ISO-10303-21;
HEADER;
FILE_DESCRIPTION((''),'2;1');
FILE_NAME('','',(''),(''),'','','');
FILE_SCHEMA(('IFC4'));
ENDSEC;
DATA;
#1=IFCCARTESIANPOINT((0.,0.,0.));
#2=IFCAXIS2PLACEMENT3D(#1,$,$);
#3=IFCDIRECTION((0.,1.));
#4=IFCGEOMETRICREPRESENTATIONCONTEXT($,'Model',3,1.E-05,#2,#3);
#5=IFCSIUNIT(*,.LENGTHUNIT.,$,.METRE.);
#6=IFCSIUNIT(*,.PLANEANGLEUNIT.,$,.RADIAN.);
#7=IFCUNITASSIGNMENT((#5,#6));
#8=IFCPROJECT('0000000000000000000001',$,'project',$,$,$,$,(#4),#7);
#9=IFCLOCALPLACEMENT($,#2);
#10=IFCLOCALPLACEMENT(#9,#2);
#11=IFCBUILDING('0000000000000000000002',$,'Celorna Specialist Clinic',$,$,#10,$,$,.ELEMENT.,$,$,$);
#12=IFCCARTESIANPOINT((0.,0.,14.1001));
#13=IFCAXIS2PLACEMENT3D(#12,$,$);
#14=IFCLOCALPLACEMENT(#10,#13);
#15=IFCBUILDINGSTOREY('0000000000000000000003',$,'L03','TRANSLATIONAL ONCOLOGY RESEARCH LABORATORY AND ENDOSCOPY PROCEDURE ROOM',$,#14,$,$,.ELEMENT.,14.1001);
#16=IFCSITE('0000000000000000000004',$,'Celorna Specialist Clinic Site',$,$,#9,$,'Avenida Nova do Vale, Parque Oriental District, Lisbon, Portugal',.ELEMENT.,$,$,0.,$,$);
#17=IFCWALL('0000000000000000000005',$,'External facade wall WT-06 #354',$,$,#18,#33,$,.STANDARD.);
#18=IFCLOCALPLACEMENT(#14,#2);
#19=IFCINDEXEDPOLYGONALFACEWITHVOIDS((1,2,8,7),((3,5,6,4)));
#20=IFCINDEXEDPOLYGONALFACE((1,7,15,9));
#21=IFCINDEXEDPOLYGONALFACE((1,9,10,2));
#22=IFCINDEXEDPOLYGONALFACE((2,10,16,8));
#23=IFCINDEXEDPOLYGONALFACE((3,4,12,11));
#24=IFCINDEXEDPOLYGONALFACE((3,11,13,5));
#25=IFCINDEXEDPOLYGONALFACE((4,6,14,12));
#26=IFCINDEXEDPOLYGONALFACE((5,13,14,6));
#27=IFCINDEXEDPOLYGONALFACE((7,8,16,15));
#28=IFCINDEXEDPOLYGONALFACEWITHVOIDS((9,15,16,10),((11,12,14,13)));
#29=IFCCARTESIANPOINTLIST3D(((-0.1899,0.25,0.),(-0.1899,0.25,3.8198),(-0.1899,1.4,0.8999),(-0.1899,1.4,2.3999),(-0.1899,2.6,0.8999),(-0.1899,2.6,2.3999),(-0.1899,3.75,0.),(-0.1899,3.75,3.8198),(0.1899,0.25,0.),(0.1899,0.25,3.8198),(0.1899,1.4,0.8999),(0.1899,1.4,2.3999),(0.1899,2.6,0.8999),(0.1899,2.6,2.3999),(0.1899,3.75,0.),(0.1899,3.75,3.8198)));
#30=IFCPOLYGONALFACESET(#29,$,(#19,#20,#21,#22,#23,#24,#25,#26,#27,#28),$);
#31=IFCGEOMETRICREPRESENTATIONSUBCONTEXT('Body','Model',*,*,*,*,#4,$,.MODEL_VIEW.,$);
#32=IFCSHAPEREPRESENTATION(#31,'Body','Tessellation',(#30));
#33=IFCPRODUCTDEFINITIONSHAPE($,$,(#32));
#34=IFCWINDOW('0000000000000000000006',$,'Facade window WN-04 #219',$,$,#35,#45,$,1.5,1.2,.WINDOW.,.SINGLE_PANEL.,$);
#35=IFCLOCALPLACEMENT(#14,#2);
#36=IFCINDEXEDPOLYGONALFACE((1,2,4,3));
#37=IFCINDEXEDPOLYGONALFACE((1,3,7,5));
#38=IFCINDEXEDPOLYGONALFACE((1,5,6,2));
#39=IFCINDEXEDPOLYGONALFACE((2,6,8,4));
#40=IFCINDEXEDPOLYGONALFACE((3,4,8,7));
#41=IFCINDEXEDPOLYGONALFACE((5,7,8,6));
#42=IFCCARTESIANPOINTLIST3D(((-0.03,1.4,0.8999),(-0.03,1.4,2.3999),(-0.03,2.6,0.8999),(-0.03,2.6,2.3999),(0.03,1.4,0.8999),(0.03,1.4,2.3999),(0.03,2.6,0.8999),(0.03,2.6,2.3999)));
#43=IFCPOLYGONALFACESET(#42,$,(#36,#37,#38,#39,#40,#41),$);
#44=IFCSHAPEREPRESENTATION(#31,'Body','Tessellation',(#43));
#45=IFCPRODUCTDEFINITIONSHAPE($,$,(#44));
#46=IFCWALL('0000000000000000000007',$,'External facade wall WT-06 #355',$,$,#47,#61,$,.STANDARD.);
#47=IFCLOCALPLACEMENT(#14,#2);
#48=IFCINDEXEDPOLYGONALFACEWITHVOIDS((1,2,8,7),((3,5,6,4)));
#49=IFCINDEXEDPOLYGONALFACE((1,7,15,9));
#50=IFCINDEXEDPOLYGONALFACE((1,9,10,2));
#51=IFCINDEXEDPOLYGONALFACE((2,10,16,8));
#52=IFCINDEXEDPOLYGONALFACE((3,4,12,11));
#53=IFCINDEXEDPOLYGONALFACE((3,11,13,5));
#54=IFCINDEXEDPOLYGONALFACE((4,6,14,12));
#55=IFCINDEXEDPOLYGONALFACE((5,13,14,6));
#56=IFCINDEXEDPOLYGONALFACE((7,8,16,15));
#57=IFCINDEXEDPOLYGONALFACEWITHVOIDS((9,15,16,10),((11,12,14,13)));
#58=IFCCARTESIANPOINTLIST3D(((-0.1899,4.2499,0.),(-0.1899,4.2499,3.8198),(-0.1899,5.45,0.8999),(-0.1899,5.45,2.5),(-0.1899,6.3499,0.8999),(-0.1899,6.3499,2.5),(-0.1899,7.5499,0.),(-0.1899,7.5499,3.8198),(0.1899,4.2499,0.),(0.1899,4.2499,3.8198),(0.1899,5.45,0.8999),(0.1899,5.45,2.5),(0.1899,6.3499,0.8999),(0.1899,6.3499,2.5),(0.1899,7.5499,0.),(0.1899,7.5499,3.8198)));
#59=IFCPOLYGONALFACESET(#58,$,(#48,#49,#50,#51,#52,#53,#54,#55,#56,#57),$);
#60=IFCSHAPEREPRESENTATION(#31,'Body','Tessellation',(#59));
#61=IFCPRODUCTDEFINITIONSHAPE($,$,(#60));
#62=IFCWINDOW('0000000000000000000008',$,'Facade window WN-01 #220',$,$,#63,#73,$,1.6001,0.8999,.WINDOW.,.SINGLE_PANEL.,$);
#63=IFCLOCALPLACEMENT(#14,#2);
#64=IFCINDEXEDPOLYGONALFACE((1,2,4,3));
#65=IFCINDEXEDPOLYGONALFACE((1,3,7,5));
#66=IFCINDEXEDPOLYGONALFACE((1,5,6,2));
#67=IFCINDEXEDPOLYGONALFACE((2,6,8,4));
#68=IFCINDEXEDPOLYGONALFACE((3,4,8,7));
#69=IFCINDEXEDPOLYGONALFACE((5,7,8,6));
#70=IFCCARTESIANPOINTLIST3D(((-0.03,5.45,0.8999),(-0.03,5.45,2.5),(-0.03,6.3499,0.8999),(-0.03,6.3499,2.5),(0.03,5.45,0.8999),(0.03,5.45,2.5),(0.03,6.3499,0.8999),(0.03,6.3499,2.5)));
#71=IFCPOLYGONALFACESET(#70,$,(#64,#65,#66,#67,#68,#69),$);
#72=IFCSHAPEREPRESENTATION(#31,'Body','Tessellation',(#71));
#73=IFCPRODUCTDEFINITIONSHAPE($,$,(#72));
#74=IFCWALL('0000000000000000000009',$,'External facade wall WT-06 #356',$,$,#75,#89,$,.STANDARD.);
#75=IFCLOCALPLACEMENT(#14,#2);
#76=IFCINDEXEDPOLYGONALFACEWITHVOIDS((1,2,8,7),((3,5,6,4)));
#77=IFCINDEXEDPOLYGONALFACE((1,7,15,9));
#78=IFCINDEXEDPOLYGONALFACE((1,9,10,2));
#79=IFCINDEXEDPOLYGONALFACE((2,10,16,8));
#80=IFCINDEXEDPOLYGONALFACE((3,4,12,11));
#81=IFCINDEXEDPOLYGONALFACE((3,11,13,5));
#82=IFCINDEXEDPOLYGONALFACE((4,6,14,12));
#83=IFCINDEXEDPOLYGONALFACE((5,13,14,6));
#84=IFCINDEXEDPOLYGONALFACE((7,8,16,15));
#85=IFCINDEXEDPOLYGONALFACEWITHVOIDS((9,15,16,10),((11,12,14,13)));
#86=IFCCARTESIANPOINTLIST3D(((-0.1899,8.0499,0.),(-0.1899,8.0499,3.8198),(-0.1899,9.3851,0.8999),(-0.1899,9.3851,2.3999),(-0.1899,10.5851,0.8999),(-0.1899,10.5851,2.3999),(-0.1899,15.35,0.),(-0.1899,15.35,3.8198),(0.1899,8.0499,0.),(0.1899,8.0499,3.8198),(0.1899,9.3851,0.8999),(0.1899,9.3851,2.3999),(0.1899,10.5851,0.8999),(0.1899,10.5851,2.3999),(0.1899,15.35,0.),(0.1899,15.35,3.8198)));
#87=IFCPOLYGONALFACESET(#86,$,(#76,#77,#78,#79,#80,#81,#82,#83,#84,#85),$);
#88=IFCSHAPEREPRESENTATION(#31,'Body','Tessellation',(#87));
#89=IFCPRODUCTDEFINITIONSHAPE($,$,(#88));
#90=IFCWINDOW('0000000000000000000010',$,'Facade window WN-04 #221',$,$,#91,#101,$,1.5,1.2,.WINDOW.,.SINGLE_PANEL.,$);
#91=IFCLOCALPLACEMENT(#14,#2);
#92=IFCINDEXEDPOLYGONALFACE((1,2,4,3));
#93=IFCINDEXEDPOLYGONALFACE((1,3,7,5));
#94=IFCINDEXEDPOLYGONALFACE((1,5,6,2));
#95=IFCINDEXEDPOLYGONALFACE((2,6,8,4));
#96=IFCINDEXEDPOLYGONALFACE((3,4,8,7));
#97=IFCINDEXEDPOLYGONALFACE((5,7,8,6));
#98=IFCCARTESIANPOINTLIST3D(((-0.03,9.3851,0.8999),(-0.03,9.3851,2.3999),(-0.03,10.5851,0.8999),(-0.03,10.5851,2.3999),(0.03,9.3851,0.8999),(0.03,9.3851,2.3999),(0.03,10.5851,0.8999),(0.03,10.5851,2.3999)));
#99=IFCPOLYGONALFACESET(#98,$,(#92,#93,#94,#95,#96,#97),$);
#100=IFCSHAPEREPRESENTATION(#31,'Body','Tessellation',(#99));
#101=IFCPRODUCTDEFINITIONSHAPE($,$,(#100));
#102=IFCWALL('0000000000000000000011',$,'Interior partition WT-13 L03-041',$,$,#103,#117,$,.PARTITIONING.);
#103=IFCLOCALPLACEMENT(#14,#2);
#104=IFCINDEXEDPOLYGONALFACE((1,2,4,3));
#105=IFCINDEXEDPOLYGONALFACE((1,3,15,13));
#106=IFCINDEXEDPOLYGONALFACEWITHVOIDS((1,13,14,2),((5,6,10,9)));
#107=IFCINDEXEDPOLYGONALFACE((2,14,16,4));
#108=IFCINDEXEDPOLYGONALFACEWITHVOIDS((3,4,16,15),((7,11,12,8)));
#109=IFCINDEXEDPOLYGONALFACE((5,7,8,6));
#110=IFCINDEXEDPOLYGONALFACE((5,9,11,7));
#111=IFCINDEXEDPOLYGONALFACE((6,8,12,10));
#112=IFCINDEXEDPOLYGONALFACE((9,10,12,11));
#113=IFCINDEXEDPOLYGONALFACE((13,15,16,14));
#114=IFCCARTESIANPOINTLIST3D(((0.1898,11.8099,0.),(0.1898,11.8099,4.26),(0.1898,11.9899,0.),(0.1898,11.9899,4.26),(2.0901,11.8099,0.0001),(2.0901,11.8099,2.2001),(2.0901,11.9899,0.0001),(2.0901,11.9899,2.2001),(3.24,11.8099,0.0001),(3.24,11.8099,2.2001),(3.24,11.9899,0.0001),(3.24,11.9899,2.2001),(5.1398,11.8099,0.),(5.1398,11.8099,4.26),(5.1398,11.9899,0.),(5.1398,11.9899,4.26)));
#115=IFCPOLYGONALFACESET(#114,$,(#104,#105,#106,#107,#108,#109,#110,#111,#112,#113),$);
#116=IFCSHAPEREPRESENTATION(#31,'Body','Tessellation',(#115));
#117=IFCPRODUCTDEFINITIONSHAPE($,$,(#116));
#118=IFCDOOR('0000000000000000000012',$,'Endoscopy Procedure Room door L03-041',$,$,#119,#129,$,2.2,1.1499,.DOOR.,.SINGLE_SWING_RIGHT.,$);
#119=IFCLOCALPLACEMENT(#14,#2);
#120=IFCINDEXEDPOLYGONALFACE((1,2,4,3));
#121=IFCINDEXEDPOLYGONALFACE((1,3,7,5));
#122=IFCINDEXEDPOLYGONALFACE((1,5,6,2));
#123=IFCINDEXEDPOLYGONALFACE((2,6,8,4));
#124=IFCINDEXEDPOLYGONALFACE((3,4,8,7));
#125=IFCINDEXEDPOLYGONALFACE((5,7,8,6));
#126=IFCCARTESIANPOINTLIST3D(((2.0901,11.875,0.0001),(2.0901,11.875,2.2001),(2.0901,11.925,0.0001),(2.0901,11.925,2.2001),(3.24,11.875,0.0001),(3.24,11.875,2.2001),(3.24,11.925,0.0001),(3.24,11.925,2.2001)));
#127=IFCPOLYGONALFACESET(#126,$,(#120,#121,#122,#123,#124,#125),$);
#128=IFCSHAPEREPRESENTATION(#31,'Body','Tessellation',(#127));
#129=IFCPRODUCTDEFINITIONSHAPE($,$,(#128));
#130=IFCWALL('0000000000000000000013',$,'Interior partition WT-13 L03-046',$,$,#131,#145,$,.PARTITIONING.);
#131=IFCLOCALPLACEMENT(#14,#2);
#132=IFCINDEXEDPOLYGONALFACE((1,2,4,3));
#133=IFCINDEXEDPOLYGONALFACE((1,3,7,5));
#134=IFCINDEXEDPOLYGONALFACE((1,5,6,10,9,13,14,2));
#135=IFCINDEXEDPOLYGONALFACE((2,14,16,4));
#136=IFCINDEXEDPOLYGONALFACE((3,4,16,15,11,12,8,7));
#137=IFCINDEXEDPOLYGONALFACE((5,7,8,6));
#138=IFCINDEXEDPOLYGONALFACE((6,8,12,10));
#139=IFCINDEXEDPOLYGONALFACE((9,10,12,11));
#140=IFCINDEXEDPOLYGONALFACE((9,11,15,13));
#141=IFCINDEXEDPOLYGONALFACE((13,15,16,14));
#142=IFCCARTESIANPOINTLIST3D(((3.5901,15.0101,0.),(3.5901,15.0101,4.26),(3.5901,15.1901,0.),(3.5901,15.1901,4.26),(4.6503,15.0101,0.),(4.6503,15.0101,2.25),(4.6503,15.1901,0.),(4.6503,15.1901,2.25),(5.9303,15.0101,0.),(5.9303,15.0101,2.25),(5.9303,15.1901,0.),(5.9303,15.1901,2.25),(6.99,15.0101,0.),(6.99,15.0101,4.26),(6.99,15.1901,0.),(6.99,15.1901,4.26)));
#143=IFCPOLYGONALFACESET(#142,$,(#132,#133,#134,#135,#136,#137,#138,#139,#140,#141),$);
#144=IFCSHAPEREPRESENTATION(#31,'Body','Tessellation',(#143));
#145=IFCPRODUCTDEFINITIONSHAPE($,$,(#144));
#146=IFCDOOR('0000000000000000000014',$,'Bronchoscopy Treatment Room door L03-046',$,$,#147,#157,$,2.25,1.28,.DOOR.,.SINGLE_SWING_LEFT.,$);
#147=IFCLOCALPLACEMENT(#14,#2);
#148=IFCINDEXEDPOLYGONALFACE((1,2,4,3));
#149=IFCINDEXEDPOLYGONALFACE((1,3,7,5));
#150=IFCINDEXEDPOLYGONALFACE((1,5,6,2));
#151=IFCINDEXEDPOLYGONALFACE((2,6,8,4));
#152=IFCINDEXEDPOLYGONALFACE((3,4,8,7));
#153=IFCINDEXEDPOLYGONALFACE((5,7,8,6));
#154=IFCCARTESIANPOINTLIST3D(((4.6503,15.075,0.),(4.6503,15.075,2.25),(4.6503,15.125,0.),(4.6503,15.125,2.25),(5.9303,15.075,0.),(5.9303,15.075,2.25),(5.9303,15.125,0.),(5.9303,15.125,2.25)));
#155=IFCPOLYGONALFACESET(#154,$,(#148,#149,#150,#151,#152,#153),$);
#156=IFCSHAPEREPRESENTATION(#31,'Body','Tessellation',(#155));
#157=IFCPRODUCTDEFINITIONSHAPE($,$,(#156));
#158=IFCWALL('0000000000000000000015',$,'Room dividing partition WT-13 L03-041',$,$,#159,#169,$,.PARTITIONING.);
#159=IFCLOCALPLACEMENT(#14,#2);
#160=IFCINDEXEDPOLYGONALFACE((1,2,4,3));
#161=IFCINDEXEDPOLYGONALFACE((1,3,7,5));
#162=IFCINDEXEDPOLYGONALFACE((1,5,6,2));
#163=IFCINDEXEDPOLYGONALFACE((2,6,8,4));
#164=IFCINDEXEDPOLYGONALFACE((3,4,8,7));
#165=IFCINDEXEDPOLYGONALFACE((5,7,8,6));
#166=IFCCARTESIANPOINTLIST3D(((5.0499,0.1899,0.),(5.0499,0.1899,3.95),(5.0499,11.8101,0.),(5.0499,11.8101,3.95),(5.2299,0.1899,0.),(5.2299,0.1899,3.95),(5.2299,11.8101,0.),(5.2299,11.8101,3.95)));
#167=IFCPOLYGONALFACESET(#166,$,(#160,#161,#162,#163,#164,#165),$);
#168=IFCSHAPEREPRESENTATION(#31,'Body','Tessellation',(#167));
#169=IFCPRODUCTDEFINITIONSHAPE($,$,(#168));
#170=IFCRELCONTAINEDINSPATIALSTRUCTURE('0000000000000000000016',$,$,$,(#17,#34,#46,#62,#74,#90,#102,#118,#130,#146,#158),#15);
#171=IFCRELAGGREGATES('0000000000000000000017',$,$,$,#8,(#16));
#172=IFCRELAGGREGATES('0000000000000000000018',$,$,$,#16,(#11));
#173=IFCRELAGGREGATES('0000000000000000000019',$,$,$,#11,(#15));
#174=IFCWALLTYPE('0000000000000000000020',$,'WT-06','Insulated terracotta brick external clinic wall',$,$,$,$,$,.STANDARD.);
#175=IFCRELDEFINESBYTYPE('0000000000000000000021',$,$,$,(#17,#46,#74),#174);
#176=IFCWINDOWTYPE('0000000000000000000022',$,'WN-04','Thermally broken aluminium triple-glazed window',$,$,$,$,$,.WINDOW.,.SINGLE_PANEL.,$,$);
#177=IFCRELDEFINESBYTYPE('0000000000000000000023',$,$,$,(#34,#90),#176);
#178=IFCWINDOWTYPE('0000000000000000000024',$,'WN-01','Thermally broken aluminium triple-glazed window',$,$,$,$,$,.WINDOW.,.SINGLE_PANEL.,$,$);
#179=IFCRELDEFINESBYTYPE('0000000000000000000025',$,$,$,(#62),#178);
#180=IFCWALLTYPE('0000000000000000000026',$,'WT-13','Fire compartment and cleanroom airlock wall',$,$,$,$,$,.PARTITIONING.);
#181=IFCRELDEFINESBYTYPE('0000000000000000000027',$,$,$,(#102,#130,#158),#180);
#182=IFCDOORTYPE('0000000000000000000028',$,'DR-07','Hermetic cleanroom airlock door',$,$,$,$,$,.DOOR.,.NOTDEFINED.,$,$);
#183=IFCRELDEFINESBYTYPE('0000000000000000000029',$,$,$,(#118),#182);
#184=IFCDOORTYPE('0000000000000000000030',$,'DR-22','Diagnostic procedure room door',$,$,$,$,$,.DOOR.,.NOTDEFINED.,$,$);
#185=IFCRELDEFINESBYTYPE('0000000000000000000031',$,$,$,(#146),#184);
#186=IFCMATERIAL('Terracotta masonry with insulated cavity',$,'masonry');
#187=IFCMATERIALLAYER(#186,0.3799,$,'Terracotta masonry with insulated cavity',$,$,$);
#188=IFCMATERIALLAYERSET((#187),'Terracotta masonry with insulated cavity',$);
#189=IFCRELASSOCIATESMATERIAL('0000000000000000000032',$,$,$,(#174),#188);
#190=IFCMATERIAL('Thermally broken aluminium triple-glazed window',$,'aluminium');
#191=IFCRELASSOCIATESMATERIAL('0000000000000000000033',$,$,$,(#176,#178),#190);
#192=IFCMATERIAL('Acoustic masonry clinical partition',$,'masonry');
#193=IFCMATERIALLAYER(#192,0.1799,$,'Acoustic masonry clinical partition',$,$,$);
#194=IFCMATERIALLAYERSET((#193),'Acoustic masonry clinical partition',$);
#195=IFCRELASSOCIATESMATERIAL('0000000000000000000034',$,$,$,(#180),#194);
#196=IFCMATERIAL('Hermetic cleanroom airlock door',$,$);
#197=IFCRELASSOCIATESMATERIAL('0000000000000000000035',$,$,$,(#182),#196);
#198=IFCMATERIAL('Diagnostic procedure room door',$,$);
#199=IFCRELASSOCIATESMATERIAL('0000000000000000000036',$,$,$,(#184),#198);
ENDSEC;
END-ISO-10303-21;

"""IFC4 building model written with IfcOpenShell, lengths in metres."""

from ifc_helpers import new_model, si_unit, direction, frame, frame_2d, origin, place, context, subcontext, project, spatial, rectangle, extrude, material, layer, layer_set, type_object, element, fill, save


model = new_model("IFC4")

# Units and contexts
model_context = context("Model", 3, precision=1e-05, world=origin(), true_north=direction((0.0, 1.0)))
body_context = subcontext(model_context, "Body", "Model", "MODEL_VIEW")
ifc_project = project(units=[si_unit("LENGTHUNIT", "METRE"), si_unit("PLANEANGLEUNIT", "RADIAN")], contexts=[model_context])

# Site, building, storey
site_placement = place(None, origin())
site = spatial("IfcSite", under=ifc_project, at=site_placement, Name="Celorna Specialist Clinic Site", LongName="Avenida Nova do Vale, Parque Oriental District, Lisbon, Portugal", CompositionType="ELEMENT", RefElevation=0.0)
building_placement = place(site_placement, origin())
building = spatial("IfcBuilding", under=site, at=building_placement, Name="Celorna Specialist Clinic", CompositionType="ELEMENT")
storey_placement = place(building_placement, frame((0.0, 0.0, 14.1001)))
storey = spatial("IfcBuildingStorey", under=building, at=storey_placement, Name="L03", Description="TRANSLATIONAL ONCOLOGY RESEARCH LABORATORY AND ENDOSCOPY PROCEDURE ROOM", CompositionType="ELEMENT", Elevation=14.1001)

# Walls, openings, windows
ifc_material_1 = material(Name="Terracotta masonry with insulated cavity", Category="masonry")
ifc_layer_1 = layer(ifc_material_1, 0.3799, Name="Terracotta masonry with insulated cavity")
ifc_layer_set_1 = layer_set([ifc_layer_1], Name="Terracotta masonry with insulated cavity")
wall_type_1 = type_object("IfcWallType", Name="WT-06", Description="Insulated terracotta brick external clinic wall", PredefinedType="STANDARD", material=ifc_layer_set_1)
wall_1_placement = place(storey_placement, frame((0.0, 0.25, 0.0), z_axis=(0.0, 0.0, 1.0), x_axis=(0.0, 1.0, 0.0)))
wall_1 = element("IfcWall", 1, at=wall_1_placement, inside=storey, type_object=wall_type_1, Name="External facade wall WT-06 #354", PredefinedType="STANDARD", context=body_context, shape_type="SweptSolid", body=[
    extrude(rectangle(XDim=3.5, YDim=0.3799, at=frame_2d((1.75, 0.0))), origin(), (0.0, 0.0, 1.0), 3.8198),
])
opening_1_placement = place(wall_1_placement, frame((1.1499, 0.0, 0.8999)))
opening_1 = element("IfcOpeningElement", 2, at=opening_1_placement, cuts=wall_1, PredefinedType="OPENING", context=body_context, shape_type="SweptSolid", body=[
    extrude(rectangle(XDim=1.2, YDim=1.5, at=frame_2d((0.6001, 0.75))), frame((0.0, 0.2, 0.0), z_axis=(0.0, -1.0, 0.0), x_axis=(1.0, 0.0, 0.0)), (0.0, 0.0, 1.0), 0.3999),
])
ifc_material_2 = material(Name="Thermally broken aluminium triple-glazed window", Category="aluminium")
window_type_1 = type_object("IfcWindowType", Name="WN-04", Description="Thermally broken aluminium triple-glazed window", PartitioningType="SINGLE_PANEL", PredefinedType="WINDOW", material=ifc_material_2)
window_1_placement = place(opening_1_placement, origin())
window_1 = element("IfcWindow", 3, at=window_1_placement, inside=storey, type_object=window_type_1, Name="Facade window WN-04 #219", OverallHeight=1.5, OverallWidth=1.2, PartitioningType="SINGLE_PANEL", PredefinedType="WINDOW", context=body_context, shape_type="SweptSolid", body=[
    extrude(rectangle(XDim=1.2, YDim=1.5, at=frame_2d((0.6001, 0.75))), frame((0.0, 0.03, 0.0), z_axis=(0.0, -1.0, 0.0), x_axis=(1.0, 0.0, 0.0)), (0.0, 0.0, 1.0), 0.0601),
])
fill(opening_1, window_1)
wall_2_placement = place(storey_placement, frame((0.0, 4.25, 0.0), z_axis=(0.0, 0.0, 1.0), x_axis=(0.0, 1.0, 0.0)))
wall_2 = element("IfcWall", 4, at=wall_2_placement, inside=storey, type_object=wall_type_1, Name="External facade wall WT-06 #355", PredefinedType="STANDARD", context=body_context, shape_type="SweptSolid", body=[
    extrude(rectangle(XDim=3.3, YDim=0.3799, at=frame_2d((1.6499, 0.0))), origin(), (0.0, 0.0, 1.0), 3.8198),
])
opening_2_placement = place(wall_2_placement, frame((1.2, 0.0, 0.8999)))
opening_2 = element("IfcOpeningElement", 5, at=opening_2_placement, cuts=wall_2, PredefinedType="OPENING", context=body_context, shape_type="SweptSolid", body=[
    extrude(rectangle(XDim=0.8999, YDim=1.6001, at=frame_2d((0.45, 0.8))), frame((0.0, 0.2, 0.0), z_axis=(0.0, -1.0, 0.0), x_axis=(1.0, 0.0, 0.0)), (0.0, 0.0, 1.0), 0.3999),
])
window_type_2 = type_object("IfcWindowType", Name="WN-01", Description="Thermally broken aluminium triple-glazed window", PartitioningType="SINGLE_PANEL", PredefinedType="WINDOW", material=ifc_material_2)
window_2_placement = place(opening_2_placement, origin())
window_2 = element("IfcWindow", 6, at=window_2_placement, inside=storey, type_object=window_type_2, Name="Facade window WN-01 #220", OverallHeight=1.6001, OverallWidth=0.8999, PartitioningType="SINGLE_PANEL", PredefinedType="WINDOW", context=body_context, shape_type="SweptSolid", body=[
    extrude(rectangle(XDim=0.8999, YDim=1.6001, at=frame_2d((0.45, 0.8))), frame((0.0, 0.03, 0.0), z_axis=(0.0, -1.0, 0.0), x_axis=(1.0, 0.0, 0.0)), (0.0, 0.0, 1.0), 0.0601),
])
fill(opening_2, window_2)
wall_3_placement = place(storey_placement, frame((0.0, 8.05, 0.0), z_axis=(0.0, 0.0, 1.0), x_axis=(0.0, 1.0, 0.0)))
wall_3 = element("IfcWall", 7, at=wall_3_placement, inside=storey, type_object=wall_type_1, Name="External facade wall WT-06 #356", PredefinedType="STANDARD", context=body_context, shape_type="SweptSolid", body=[
    extrude(rectangle(XDim=7.3, YDim=0.3799, at=frame_2d((3.6499, 0.0))), origin(), (0.0, 0.0, 1.0), 3.8198),
])
opening_3_placement = place(wall_3_placement, frame((1.335, 0.0, 0.8999)))
opening_3 = element("IfcOpeningElement", 8, at=opening_3_placement, cuts=wall_3, PredefinedType="OPENING", context=body_context, shape_type="SweptSolid", body=[
    extrude(rectangle(XDim=1.2, YDim=1.5, at=frame_2d((0.6001, 0.75))), frame((0.0, 0.2, 0.0), z_axis=(0.0, -1.0, 0.0), x_axis=(1.0, 0.0, 0.0)), (0.0, 0.0, 1.0), 0.3999),
])
window_3_placement = place(opening_3_placement, origin())
window_3 = element("IfcWindow", 9, at=window_3_placement, inside=storey, type_object=window_type_1, Name="Facade window WN-04 #221", OverallHeight=1.5, OverallWidth=1.2, PartitioningType="SINGLE_PANEL", PredefinedType="WINDOW", context=body_context, shape_type="SweptSolid", body=[
    extrude(rectangle(XDim=1.2, YDim=1.5, at=frame_2d((0.6001, 0.75))), frame((0.0, 0.03, 0.0), z_axis=(0.0, -1.0, 0.0), x_axis=(1.0, 0.0, 0.0)), (0.0, 0.0, 1.0), 0.0601),
])
fill(opening_3, window_3)

# Walls, openings, doors
ifc_material_3 = material(Name="Acoustic masonry clinical partition", Category="masonry")
ifc_layer_2 = layer(ifc_material_3, 0.1799, Name="Acoustic masonry clinical partition")
ifc_layer_set_2 = layer_set([ifc_layer_2], Name="Acoustic masonry clinical partition")
wall_type_2 = type_object("IfcWallType", Name="WT-13", Description="Fire compartment and cleanroom airlock wall", PredefinedType="PARTITIONING", material=ifc_layer_set_2)
wall_4_placement = place(storey_placement, frame((5.1399, 11.8999, 0.0), z_axis=(0.0, 0.0, 1.0), x_axis=(-1.0, 0.0, 0.0)))
wall_4 = element("IfcWall", 10, at=wall_4_placement, inside=storey, type_object=wall_type_2, Name="Interior partition WT-13 L03-041", PredefinedType="PARTITIONING", context=body_context, shape_type="SweptSolid", body=[
    extrude(rectangle(XDim=4.95, YDim=0.1799, at=frame_2d((2.4751, 0.0))), origin(), (0.0, 0.0, 1.0), 4.26),
])
opening_4_placement = place(wall_4_placement, frame((1.8999, 0.0, 0.0)))
opening_4 = element("IfcOpeningElement", 11, at=opening_4_placement, cuts=wall_4, PredefinedType="OPENING", context=body_context, shape_type="SweptSolid", body=[
    extrude(rectangle(XDim=1.1499, YDim=2.2, at=frame_2d((0.575, 1.1001))), frame((0.0, 0.0999, 0.0), z_axis=(0.0, -1.0, 0.0), x_axis=(1.0, 0.0, 0.0)), (0.0, 0.0, 1.0), 0.2),
])
ifc_material_4 = material(Name="Hermetic cleanroom airlock door")
door_type_1 = type_object("IfcDoorType", Name="DR-07", Description="Hermetic cleanroom airlock door", OperationType="NOTDEFINED", PredefinedType="DOOR", material=ifc_material_4)
door_1_placement = place(opening_4_placement, origin())
door_1 = element("IfcDoor", 12, at=door_1_placement, inside=storey, type_object=door_type_1, Name="Endoscopy Procedure Room door L03-041", OperationType="SINGLE_SWING_RIGHT", OverallHeight=2.2, OverallWidth=1.1499, PredefinedType="DOOR", context=body_context, shape_type="SweptSolid", body=[
    extrude(rectangle(XDim=1.1499, YDim=2.2, at=frame_2d((0.575, 1.1001))), frame((0.0, 0.0249, 0.0), z_axis=(0.0, -1.0, 0.0), x_axis=(1.0, 0.0, 0.0)), (0.0, 0.0, 1.0), 0.05),
])
fill(opening_4, door_1)
wall_5_placement = place(storey_placement, frame((3.5901, 15.1001, 0.0), z_axis=(0.0, 0.0, 1.0), x_axis=(1.0, 0.0, 0.0)))
wall_5 = element("IfcWall", 13, at=wall_5_placement, inside=storey, type_object=wall_type_2, Name="Interior partition WT-13 L03-046", PredefinedType="PARTITIONING", context=body_context, shape_type="SweptSolid", body=[
    extrude(rectangle(XDim=3.3999, YDim=0.1799, at=frame_2d((1.7, 0.0))), origin(), (0.0, 0.0, 1.0), 4.26),
])
opening_5_placement = place(wall_5_placement, frame((1.0601, 0.0, 0.0)))
opening_5 = element("IfcOpeningElement", 14, at=opening_5_placement, cuts=wall_5, PredefinedType="OPENING", context=body_context, shape_type="SweptSolid", body=[
    extrude(rectangle(XDim=1.28, YDim=2.25, at=frame_2d((0.6401, 1.125))), frame((0.0, 0.0999, 0.0), z_axis=(0.0, -1.0, 0.0), x_axis=(1.0, 0.0, 0.0)), (0.0, 0.0, 1.0), 0.2),
])
ifc_material_5 = material(Name="Diagnostic procedure room door")
door_type_2 = type_object("IfcDoorType", Name="DR-22", Description="Diagnostic procedure room door", OperationType="NOTDEFINED", PredefinedType="DOOR", material=ifc_material_5)
door_2_placement = place(opening_5_placement, origin())
door_2 = element("IfcDoor", 15, at=door_2_placement, inside=storey, type_object=door_type_2, Name="Bronchoscopy Treatment Room door L03-046", OperationType="SINGLE_SWING_LEFT", OverallHeight=2.25, OverallWidth=1.28, PredefinedType="DOOR", context=body_context, shape_type="SweptSolid", body=[
    extrude(rectangle(XDim=1.28, YDim=2.25, at=frame_2d((0.6401, 1.125))), frame((0.0, 0.0249, 0.0), z_axis=(0.0, -1.0, 0.0), x_axis=(1.0, 0.0, 0.0)), (0.0, 0.0, 1.0), 0.05),
])
fill(opening_5, door_2)

# Wall
wall_6_placement = place(storey_placement, frame((5.1399, 0.1899, 0.0), z_axis=(0.0, 0.0, 1.0), x_axis=(0.0, 1.0, 0.0)))
element("IfcWall", 16, at=wall_6_placement, inside=storey, type_object=wall_type_2, Name="Room dividing partition WT-13 L03-041", PredefinedType="PARTITIONING", context=body_context, shape_type="SweptSolid", body=[
    extrude(rectangle(XDim=11.6201, YDim=0.1799, at=frame_2d((5.8101, 0.0))), origin(), (0.0, 0.0, 1.0), 3.95),
])

save(model, "model.ifc")
